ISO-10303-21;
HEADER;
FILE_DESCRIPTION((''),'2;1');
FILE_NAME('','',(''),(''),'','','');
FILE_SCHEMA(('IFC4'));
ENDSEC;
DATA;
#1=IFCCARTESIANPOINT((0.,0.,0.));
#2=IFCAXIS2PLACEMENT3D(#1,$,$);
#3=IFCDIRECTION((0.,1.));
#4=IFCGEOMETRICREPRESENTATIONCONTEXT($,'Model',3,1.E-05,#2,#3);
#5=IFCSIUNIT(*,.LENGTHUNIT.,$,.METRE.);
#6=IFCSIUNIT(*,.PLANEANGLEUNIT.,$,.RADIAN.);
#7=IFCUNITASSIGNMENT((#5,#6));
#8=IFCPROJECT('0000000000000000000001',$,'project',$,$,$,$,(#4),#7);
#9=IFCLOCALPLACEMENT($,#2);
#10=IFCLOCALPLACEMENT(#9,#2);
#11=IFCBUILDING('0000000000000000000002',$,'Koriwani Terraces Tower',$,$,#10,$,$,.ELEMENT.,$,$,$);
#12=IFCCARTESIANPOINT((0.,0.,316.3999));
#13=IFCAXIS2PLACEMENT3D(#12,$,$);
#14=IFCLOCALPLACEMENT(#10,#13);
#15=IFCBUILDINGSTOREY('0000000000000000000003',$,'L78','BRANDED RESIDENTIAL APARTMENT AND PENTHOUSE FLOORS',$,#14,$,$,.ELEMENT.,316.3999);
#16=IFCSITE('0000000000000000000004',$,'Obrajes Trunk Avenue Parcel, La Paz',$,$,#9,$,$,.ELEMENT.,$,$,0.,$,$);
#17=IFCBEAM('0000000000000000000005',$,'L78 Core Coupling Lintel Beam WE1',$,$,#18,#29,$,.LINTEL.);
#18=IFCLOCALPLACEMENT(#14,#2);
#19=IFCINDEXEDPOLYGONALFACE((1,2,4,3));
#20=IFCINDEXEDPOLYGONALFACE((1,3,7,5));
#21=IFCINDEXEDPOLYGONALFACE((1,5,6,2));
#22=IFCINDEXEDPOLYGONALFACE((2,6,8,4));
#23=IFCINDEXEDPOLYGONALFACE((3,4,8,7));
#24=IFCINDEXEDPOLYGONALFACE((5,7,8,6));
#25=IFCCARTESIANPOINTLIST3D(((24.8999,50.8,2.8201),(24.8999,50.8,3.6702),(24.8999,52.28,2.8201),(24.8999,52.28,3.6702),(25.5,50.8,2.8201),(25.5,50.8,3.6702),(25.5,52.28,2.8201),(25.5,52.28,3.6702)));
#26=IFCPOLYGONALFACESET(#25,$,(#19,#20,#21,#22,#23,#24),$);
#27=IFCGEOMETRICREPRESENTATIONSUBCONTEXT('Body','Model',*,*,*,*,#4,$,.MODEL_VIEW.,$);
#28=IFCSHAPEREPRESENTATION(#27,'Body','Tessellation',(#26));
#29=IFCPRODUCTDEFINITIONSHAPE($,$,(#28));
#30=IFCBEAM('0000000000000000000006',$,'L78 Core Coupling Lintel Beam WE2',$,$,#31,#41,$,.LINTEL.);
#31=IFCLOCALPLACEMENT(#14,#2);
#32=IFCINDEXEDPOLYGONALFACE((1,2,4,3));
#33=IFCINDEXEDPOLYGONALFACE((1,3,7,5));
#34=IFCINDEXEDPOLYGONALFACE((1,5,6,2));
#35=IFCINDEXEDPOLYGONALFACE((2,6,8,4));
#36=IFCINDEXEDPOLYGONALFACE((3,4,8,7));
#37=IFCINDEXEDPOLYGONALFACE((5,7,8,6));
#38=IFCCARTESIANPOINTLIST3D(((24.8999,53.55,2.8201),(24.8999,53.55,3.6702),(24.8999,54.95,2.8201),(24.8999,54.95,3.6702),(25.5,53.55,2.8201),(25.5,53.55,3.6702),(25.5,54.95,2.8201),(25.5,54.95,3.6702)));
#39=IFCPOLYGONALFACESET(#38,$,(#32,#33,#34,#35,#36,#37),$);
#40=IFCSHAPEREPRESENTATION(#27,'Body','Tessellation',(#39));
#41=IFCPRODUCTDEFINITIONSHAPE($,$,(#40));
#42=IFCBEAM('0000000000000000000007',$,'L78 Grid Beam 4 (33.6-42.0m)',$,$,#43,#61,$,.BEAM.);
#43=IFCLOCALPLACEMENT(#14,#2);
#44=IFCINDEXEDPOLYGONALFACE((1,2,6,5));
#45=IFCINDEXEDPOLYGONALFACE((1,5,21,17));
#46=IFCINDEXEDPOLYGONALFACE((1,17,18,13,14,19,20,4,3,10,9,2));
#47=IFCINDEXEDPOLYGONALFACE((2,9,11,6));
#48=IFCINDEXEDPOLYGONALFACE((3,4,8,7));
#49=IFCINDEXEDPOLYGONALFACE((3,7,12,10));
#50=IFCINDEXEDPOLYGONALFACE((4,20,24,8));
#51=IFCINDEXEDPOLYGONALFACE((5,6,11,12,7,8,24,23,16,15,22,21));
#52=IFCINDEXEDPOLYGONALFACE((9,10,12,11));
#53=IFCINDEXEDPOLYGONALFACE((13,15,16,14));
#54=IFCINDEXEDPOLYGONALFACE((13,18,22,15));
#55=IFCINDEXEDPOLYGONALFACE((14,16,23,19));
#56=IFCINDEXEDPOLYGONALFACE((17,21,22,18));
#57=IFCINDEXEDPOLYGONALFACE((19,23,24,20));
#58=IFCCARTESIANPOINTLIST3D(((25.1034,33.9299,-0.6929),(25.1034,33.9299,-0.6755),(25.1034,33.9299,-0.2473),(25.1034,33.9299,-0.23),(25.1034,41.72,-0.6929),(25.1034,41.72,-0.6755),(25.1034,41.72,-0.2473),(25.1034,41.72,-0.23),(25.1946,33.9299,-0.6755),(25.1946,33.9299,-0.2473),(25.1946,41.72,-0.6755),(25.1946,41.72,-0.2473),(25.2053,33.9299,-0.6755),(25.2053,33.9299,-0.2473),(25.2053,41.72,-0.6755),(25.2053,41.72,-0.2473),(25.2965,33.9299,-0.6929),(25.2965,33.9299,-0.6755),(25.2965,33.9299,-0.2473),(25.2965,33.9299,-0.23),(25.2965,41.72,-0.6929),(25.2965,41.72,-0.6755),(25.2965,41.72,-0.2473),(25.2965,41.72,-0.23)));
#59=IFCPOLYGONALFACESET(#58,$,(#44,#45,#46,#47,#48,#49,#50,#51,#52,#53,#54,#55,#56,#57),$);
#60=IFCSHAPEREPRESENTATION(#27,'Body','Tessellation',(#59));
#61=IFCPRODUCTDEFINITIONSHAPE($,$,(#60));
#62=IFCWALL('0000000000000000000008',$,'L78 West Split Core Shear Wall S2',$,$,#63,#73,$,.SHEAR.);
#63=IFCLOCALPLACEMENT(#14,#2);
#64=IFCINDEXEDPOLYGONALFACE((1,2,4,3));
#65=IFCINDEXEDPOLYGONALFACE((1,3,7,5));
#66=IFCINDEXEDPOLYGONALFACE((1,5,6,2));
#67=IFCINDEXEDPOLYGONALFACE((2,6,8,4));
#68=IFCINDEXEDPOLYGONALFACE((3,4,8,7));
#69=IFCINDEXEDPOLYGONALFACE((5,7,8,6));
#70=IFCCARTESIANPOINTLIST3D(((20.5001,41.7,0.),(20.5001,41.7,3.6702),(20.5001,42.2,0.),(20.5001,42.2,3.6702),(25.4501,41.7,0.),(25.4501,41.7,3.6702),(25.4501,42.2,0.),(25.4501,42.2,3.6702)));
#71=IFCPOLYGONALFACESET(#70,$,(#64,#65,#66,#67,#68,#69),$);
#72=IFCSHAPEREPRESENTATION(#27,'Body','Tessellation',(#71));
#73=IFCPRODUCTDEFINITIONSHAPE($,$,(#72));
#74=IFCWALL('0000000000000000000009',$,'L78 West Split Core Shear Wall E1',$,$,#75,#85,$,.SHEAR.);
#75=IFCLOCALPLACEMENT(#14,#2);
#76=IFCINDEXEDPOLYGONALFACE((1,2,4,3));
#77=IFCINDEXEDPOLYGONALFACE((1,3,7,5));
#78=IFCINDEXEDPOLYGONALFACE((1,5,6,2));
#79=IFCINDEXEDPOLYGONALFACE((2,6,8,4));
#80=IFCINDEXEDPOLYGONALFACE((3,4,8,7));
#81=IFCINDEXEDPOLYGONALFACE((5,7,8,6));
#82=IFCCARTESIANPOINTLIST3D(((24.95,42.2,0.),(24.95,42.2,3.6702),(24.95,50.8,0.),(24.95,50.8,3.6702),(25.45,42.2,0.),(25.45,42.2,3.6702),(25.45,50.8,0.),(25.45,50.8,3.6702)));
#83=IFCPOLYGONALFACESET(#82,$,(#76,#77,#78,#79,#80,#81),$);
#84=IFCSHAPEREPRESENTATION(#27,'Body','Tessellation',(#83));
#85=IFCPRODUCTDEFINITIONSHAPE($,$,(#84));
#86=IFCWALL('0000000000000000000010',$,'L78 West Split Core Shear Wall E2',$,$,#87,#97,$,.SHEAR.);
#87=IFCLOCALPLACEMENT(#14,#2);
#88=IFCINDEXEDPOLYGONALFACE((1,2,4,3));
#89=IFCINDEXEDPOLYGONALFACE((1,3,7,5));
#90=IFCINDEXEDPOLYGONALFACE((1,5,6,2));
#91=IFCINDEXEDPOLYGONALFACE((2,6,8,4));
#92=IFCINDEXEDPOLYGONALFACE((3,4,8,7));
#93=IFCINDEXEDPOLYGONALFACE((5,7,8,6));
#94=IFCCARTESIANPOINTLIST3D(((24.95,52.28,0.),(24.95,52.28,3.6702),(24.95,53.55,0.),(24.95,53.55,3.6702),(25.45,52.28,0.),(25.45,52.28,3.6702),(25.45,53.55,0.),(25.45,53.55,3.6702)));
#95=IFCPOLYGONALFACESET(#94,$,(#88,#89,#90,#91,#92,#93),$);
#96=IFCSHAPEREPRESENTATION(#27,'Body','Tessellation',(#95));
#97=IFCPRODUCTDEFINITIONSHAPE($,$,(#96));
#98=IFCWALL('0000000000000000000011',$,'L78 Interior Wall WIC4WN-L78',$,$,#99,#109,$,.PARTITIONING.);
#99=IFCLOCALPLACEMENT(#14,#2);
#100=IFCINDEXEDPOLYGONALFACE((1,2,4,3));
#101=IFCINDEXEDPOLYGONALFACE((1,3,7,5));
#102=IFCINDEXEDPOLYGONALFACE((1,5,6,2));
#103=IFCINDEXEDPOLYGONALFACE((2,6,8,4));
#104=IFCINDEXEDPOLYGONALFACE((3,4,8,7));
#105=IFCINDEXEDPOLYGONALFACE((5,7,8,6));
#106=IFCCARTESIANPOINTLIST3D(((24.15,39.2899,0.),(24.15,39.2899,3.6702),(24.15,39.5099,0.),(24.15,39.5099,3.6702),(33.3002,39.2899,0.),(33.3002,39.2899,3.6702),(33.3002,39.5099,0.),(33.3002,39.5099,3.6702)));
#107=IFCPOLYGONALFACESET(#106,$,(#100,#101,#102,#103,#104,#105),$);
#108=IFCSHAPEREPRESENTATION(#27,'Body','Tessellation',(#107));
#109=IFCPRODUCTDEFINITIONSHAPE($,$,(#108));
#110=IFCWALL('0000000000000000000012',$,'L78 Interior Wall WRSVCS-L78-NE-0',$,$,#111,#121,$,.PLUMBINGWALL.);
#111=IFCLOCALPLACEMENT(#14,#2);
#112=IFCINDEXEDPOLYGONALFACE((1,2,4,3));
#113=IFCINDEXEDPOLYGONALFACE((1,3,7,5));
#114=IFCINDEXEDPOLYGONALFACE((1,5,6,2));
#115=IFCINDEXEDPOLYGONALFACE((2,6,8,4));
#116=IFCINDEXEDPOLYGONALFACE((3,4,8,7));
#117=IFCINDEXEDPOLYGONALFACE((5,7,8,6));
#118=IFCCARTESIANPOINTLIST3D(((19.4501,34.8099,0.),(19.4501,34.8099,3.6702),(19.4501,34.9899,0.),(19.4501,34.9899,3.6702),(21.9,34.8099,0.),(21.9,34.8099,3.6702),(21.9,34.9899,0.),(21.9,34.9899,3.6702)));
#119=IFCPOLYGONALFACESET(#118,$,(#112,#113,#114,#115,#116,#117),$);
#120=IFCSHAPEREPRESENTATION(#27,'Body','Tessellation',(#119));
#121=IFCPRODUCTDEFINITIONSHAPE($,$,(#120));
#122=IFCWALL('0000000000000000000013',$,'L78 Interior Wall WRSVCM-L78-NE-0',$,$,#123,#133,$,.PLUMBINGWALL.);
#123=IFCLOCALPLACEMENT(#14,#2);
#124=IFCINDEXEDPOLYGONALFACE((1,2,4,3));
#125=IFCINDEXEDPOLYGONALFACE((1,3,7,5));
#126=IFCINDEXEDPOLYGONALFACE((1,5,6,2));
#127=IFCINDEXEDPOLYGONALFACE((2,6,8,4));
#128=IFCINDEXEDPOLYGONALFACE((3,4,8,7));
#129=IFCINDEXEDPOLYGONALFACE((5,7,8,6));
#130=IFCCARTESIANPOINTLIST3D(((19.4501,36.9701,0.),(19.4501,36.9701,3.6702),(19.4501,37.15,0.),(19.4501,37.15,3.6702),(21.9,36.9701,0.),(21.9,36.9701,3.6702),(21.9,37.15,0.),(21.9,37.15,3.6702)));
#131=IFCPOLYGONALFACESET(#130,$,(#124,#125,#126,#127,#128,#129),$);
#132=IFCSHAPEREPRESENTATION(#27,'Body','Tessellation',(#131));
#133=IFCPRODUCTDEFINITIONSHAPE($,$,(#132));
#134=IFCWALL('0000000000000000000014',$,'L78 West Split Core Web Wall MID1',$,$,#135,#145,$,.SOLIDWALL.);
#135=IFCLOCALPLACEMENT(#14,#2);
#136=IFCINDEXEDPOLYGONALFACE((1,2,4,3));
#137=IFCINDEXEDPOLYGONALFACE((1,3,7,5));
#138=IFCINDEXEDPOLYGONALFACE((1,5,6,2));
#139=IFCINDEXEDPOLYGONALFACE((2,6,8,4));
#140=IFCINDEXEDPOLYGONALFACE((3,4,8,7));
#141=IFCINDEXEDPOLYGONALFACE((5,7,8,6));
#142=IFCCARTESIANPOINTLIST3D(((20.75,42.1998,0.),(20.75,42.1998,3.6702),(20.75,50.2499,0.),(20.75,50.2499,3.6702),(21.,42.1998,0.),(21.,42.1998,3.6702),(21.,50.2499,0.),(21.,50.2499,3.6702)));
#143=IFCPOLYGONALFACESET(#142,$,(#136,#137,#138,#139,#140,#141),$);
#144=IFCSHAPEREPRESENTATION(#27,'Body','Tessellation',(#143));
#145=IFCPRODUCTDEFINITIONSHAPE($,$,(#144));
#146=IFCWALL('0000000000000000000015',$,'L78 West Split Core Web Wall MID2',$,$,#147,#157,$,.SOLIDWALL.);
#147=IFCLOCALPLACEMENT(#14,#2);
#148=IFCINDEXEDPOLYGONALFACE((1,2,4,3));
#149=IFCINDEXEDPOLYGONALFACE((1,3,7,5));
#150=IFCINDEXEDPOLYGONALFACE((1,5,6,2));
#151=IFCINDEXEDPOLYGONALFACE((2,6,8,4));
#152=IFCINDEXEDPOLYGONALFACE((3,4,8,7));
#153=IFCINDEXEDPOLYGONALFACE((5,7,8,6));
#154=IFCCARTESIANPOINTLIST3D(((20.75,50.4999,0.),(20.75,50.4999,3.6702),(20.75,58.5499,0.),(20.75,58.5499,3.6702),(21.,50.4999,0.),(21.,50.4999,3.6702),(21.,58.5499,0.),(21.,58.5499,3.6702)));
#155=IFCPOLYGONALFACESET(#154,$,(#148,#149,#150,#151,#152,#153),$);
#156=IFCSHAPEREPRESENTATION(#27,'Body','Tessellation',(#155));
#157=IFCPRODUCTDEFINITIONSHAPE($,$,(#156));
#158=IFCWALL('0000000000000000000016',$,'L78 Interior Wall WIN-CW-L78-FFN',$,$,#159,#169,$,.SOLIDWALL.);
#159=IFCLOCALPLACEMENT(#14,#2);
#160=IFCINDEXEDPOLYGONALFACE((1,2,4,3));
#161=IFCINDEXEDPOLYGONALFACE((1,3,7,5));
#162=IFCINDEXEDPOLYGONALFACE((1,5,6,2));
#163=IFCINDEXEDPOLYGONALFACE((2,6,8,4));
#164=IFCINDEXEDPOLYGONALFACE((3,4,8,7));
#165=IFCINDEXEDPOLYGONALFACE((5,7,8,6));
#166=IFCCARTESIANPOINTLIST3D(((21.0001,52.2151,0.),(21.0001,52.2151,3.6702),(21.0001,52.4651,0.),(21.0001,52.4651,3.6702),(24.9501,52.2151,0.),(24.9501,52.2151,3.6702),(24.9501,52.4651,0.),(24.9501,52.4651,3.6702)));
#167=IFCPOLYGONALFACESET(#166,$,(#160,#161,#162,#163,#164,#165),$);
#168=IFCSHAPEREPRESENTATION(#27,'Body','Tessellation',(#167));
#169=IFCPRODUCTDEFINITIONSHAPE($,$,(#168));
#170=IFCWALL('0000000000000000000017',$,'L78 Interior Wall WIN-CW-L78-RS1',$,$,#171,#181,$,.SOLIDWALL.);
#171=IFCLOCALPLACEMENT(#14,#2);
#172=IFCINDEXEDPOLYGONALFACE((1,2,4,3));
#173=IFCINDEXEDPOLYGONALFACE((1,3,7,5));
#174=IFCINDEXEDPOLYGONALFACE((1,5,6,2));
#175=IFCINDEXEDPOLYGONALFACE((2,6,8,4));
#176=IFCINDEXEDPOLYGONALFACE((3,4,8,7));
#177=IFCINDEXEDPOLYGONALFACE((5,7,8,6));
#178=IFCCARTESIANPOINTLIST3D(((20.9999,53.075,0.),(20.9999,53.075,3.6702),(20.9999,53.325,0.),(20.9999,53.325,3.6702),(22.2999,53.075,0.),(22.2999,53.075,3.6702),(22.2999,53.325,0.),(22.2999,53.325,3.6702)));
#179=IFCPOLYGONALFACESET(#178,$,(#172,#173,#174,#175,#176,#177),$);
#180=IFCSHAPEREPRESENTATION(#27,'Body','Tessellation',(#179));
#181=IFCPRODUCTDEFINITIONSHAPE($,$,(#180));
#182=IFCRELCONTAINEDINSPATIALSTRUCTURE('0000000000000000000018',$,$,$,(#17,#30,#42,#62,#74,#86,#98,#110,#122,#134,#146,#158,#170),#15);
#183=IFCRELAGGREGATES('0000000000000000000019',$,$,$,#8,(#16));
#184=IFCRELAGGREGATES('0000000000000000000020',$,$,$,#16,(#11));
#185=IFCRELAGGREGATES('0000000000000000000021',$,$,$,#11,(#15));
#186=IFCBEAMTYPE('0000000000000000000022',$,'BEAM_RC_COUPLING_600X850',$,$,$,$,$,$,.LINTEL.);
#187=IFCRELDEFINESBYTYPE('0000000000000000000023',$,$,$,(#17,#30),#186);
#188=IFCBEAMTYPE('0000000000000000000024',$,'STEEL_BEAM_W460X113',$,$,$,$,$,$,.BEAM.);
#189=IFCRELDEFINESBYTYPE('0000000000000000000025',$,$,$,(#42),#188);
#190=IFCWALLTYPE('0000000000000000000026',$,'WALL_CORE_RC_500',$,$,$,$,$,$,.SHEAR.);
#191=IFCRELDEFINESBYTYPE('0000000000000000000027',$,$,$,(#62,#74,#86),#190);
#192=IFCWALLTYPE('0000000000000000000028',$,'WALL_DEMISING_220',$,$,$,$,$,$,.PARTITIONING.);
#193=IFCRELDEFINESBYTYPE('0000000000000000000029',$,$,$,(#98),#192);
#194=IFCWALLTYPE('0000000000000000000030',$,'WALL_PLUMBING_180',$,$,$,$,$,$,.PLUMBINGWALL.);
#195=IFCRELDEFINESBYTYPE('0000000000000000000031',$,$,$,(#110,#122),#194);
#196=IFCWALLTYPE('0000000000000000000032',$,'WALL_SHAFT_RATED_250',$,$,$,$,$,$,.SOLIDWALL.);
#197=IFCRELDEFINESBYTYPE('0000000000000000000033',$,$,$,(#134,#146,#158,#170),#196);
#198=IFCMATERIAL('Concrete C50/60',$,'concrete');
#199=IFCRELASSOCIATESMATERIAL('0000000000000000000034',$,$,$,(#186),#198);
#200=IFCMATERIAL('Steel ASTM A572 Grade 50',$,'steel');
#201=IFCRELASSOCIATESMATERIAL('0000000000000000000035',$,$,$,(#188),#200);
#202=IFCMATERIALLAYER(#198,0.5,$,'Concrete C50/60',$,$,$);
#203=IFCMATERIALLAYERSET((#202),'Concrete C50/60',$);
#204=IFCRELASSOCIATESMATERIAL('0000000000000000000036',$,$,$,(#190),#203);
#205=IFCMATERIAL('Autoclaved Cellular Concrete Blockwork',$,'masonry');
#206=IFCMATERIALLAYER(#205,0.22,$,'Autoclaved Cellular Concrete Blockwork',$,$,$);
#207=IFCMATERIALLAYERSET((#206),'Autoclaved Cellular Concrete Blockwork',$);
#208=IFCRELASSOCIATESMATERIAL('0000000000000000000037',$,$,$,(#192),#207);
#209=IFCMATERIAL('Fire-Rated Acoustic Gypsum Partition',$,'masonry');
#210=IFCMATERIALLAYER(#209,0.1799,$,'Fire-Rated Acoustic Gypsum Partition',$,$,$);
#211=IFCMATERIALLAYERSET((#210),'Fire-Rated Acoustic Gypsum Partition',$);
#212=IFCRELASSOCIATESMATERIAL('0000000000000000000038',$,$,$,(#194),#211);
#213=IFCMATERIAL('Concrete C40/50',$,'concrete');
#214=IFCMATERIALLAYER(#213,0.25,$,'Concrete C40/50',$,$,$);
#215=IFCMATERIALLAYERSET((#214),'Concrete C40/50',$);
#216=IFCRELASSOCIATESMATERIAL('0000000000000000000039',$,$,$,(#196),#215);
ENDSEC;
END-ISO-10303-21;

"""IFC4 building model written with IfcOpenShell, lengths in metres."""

from ifc_helpers import new_model, si_unit, direction, frame, frame_2d, origin, origin_2d, place, context, subcontext, project, spatial, rectangle, i_section, extrude, material, layer, layer_set, material_profile, profile_set, type_object, element, save


model = new_model("IFC4")

# Units and contexts
model_context = context("Model", 3, precision=1e-05, world=origin(), true_north=direction((0.0, 1.0)))
body_context = subcontext(model_context, "Body", "Model", "MODEL_VIEW")
ifc_project = project(units=[si_unit("LENGTHUNIT", "METRE"), si_unit("PLANEANGLEUNIT", "RADIAN")], contexts=[model_context])

# Site, building, storey
site_placement = place(None, origin())
site = spatial("IfcSite", under=ifc_project, at=site_placement, Name="Obrajes Trunk Avenue Parcel, La Paz", CompositionType="ELEMENT", RefElevation=0.0)
building_placement = place(site_placement, origin())
building = spatial("IfcBuilding", under=site, at=building_placement, Name="Koriwani Terraces Tower", CompositionType="ELEMENT")
storey_placement = place(building_placement, frame((0.0, 0.0, 316.3999)))
storey = spatial("IfcBuildingStorey", under=building, at=storey_placement, Name="L78", Description="BRANDED RESIDENTIAL APARTMENT AND PENTHOUSE FLOORS", CompositionType="ELEMENT", Elevation=316.3999)

# Beams
ifc_material_1 = material(Name="Concrete C50/60", Category="concrete")
ifc_material_profile_1 = material_profile(ifc_material_1, rectangle(XDim=0.6001, YDim=0.8501, at=origin_2d()), Name="Concrete C50/60", Category="LoadBearing")
ifc_profile_set_1 = profile_set([ifc_material_profile_1], Name="Concrete C50/60")
beam_type_1 = type_object("IfcBeamType", Name="BEAM_RC_COUPLING_600X850", PredefinedType="LINTEL", material=ifc_profile_set_1)
beam_1_placement = place(storey_placement, frame((25.2, 50.8, 3.2451), z_axis=(0.0, 1.0, 0.0), x_axis=(-1.0, 0.0, 0.0)))
element("IfcBeam", 1, at=beam_1_placement, inside=storey, type_object=beam_type_1, Name="L78 Core Coupling Lintel Beam WE1", PredefinedType="LINTEL", context=body_context, shape_type="SweptSolid", body=[
    extrude(rectangle(XDim=0.6001, YDim=0.8501, at=origin_2d()), origin(), (0.0, 0.0, 1.0), 1.48),
])
beam_2_placement = place(storey_placement, frame((25.2, 53.55, 3.2451), z_axis=(0.0, 1.0, 0.0), x_axis=(-1.0, 0.0, 0.0)))
element("IfcBeam", 2, at=beam_2_placement, inside=storey, type_object=beam_type_1, Name="L78 Core Coupling Lintel Beam WE2", PredefinedType="LINTEL", context=body_context, shape_type="SweptSolid", body=[
    extrude(rectangle(XDim=0.6001, YDim=0.8501, at=origin_2d()), origin(), (0.0, 0.0, 1.0), 1.3999),
])
ifc_material_2 = material(Name="Steel ASTM A572 Grade 50", Category="steel")
ifc_material_profile_2 = material_profile(ifc_material_2, i_section(OverallWidth=0.1931, OverallDepth=0.4629, WebThickness=0.0107, FlangeThickness=0.0173, at=origin_2d()), Name="Steel ASTM A572 Grade 50", Category="LoadBearing")
ifc_profile_set_2 = profile_set([ifc_material_profile_2], Name="Steel ASTM A572 Grade 50")
beam_type_2 = type_object("IfcBeamType", Name="STEEL_BEAM_W460X113", PredefinedType="BEAM", material=ifc_profile_set_2)
beam_3_placement = place(storey_placement, frame((25.2, 33.9299, -0.4614), z_axis=(0.0, 1.0, 0.0), x_axis=(-1.0, 0.0, 0.0)))
element("IfcBeam", 3, at=beam_3_placement, inside=storey, type_object=beam_type_2, Name="L78 Grid Beam 4 (33.6-42.0m)", PredefinedType="BEAM", context=body_context, shape_type="SweptSolid", body=[
    extrude(i_section(OverallWidth=0.1931, OverallDepth=0.4629, WebThickness=0.0107, FlangeThickness=0.0173, at=origin_2d()), origin(), (0.0, 0.0, 1.0), 7.79),
])

# Walls
ifc_layer_1 = layer(ifc_material_1, 0.5, Name="Concrete C50/60")
ifc_layer_set_1 = layer_set([ifc_layer_1], Name="Concrete C50/60")
wall_type_1 = type_object("IfcWallType", Name="WALL_CORE_RC_500", PredefinedType="SHEAR", material=ifc_layer_set_1)
wall_1_placement = place(storey_placement, frame((20.5, 41.95, 0.0), z_axis=(0.0, 0.0, 1.0), x_axis=(1.0, 0.0, 0.0)))
element("IfcWall", 4, at=wall_1_placement, inside=storey, type_object=wall_type_1, Name="L78 West Split Core Shear Wall S2", PredefinedType="SHEAR", context=body_context, shape_type="SweptSolid", body=[
    extrude(rectangle(XDim=4.95, YDim=0.5, at=frame_2d((2.4751, 0.0))), origin(), (0.0, 0.0, 1.0), 3.6702),
])
wall_2_placement = place(storey_placement, frame((25.2, 42.2, 0.0), z_axis=(0.0, 0.0, 1.0), x_axis=(0.0, 1.0, 0.0)))
element("IfcWall", 5, at=wall_2_placement, inside=storey, type_object=wall_type_1, Name="L78 West Split Core Shear Wall E1", PredefinedType="SHEAR", context=body_context, shape_type="SweptSolid", body=[
    extrude(rectangle(XDim=8.6001, YDim=0.5, at=frame_2d((4.3, 0.0))), origin(), (0.0, 0.0, 1.0), 3.6702),
])
wall_3_placement = place(storey_placement, frame((25.2, 52.28, 0.0), z_axis=(0.0, 0.0, 1.0), x_axis=(0.0, 1.0, 0.0)))
element("IfcWall", 6, at=wall_3_placement, inside=storey, type_object=wall_type_1, Name="L78 West Split Core Shear Wall E2", PredefinedType="SHEAR", context=body_context, shape_type="SweptSolid", body=[
    extrude(rectangle(XDim=1.27, YDim=0.5, at=frame_2d((0.635, 0.0))), origin(), (0.0, 0.0, 1.0), 3.6702),
])
ifc_material_3 = material(Name="Autoclaved Cellular Concrete Blockwork", Category="masonry")
ifc_layer_2 = layer(ifc_material_3, 0.22, Name="Autoclaved Cellular Concrete Blockwork")
ifc_layer_set_2 = layer_set([ifc_layer_2], Name="Autoclaved Cellular Concrete Blockwork")
wall_type_2 = type_object("IfcWallType", Name="WALL_DEMISING_220", PredefinedType="PARTITIONING", material=ifc_layer_set_2)
wall_4_placement = place(storey_placement, frame((24.1499, 39.3999, 0.0), z_axis=(0.0, 0.0, 1.0), x_axis=(1.0, 0.0, 0.0)))
element("IfcWall", 7, at=wall_4_placement, inside=storey, type_object=wall_type_2, Name="L78 Interior Wall WIC4WN-L78", PredefinedType="PARTITIONING", context=body_context, shape_type="SweptSolid", body=[
    extrude(rectangle(XDim=9.1501, YDim=0.22, at=frame_2d((4.5752, 0.0))), origin(), (0.0, 0.0, 1.0), 3.6702),
])
ifc_material_4 = material(Name="Fire-Rated Acoustic Gypsum Partition", Category="masonry")
ifc_layer_3 = layer(ifc_material_4, 0.1799, Name="Fire-Rated Acoustic Gypsum Partition")
ifc_layer_set_3 = layer_set([ifc_layer_3], Name="Fire-Rated Acoustic Gypsum Partition")
wall_type_3 = type_object("IfcWallType", Name="WALL_PLUMBING_180", PredefinedType="PLUMBINGWALL", material=ifc_layer_set_3)
for number, where, z_axis, x_axis, name in (
    (8, (19.45, 34.8999, 0.0), (0.0, 0.0, 1.0), (1.0, 0.0, 0.0), "L78 Interior Wall WRSVCS-L78-NE-0"),
    (9, (19.45, 37.0601, 0.0), (0.0, 0.0, 1.0), (1.0, 0.0, 0.0), "L78 Interior Wall WRSVCM-L78-NE-0"),
):
    element("IfcWall", number, at=place(storey_placement, frame(where, z_axis=z_axis, x_axis=x_axis)), inside=storey, type_object=wall_type_3, Name=name, PredefinedType="PLUMBINGWALL", context=body_context, shape_type="SweptSolid", body=[
        extrude(rectangle(XDim=2.45, YDim=0.1799, at=frame_2d((1.2251, 0.0))), origin(), (0.0, 0.0, 1.0), 3.6702),
    ])
ifc_material_5 = material(Name="Concrete C40/50", Category="concrete")
ifc_layer_4 = layer(ifc_material_5, 0.25, Name="Concrete C40/50")
ifc_layer_set_4 = layer_set([ifc_layer_4], Name="Concrete C40/50")
wall_type_4 = type_object("IfcWallType", Name="WALL_SHAFT_RATED_250", PredefinedType="SOLIDWALL", material=ifc_layer_set_4)
for number, where, z_axis, x_axis, name in (
    (10, (20.875, 42.2, 0.0), (0.0, 0.0, 1.0), (0.0, 1.0, 0.0), "L78 West Split Core Web Wall MID1"),
    (11, (20.875, 50.5, 0.0), (0.0, 0.0, 1.0), (0.0, 1.0, 0.0), "L78 West Split Core Web Wall MID2"),
):
    element("IfcWall", number, at=place(storey_placement, frame(where, z_axis=z_axis, x_axis=x_axis)), inside=storey, type_object=wall_type_4, Name=name, PredefinedType="SOLIDWALL", context=body_context, shape_type="SweptSolid", body=[
        extrude(rectangle(XDim=8.05, YDim=0.25, at=frame_2d((4.0249, 0.0))), origin(), (0.0, 0.0, 1.0), 3.6702),
    ])

# Wall
wall_5_placement = place(storey_placement, frame((21.0, 52.3401, 0.0), z_axis=(0.0, 0.0, 1.0), x_axis=(1.0, 0.0, 0.0)))
element("IfcWall", 12, at=wall_5_placement, inside=storey, type_object=wall_type_4, Name="L78 Interior Wall WIN-CW-L78-FFN", PredefinedType="SOLIDWALL", context=body_context, shape_type="SweptSolid", body=[
    extrude(rectangle(XDim=3.95, YDim=0.25, at=frame_2d((1.9751, 0.0))), origin(), (0.0, 0.0, 1.0), 3.6702),
])

# Wall
wall_6_placement = place(storey_placement, frame((21.0, 53.2, 0.0), z_axis=(0.0, 0.0, 1.0), x_axis=(1.0, 0.0, 0.0)))
element("IfcWall", 13, at=wall_6_placement, inside=storey, type_object=wall_type_4, Name="L78 Interior Wall WIN-CW-L78-RS1", PredefinedType="SOLIDWALL", context=body_context, shape_type="SweptSolid", body=[
    extrude(rectangle(XDim=1.3, YDim=0.25, at=frame_2d((0.6499, 0.0))), origin(), (0.0, 0.0, 1.0), 3.6702),
])

save(model, "model.ifc")
